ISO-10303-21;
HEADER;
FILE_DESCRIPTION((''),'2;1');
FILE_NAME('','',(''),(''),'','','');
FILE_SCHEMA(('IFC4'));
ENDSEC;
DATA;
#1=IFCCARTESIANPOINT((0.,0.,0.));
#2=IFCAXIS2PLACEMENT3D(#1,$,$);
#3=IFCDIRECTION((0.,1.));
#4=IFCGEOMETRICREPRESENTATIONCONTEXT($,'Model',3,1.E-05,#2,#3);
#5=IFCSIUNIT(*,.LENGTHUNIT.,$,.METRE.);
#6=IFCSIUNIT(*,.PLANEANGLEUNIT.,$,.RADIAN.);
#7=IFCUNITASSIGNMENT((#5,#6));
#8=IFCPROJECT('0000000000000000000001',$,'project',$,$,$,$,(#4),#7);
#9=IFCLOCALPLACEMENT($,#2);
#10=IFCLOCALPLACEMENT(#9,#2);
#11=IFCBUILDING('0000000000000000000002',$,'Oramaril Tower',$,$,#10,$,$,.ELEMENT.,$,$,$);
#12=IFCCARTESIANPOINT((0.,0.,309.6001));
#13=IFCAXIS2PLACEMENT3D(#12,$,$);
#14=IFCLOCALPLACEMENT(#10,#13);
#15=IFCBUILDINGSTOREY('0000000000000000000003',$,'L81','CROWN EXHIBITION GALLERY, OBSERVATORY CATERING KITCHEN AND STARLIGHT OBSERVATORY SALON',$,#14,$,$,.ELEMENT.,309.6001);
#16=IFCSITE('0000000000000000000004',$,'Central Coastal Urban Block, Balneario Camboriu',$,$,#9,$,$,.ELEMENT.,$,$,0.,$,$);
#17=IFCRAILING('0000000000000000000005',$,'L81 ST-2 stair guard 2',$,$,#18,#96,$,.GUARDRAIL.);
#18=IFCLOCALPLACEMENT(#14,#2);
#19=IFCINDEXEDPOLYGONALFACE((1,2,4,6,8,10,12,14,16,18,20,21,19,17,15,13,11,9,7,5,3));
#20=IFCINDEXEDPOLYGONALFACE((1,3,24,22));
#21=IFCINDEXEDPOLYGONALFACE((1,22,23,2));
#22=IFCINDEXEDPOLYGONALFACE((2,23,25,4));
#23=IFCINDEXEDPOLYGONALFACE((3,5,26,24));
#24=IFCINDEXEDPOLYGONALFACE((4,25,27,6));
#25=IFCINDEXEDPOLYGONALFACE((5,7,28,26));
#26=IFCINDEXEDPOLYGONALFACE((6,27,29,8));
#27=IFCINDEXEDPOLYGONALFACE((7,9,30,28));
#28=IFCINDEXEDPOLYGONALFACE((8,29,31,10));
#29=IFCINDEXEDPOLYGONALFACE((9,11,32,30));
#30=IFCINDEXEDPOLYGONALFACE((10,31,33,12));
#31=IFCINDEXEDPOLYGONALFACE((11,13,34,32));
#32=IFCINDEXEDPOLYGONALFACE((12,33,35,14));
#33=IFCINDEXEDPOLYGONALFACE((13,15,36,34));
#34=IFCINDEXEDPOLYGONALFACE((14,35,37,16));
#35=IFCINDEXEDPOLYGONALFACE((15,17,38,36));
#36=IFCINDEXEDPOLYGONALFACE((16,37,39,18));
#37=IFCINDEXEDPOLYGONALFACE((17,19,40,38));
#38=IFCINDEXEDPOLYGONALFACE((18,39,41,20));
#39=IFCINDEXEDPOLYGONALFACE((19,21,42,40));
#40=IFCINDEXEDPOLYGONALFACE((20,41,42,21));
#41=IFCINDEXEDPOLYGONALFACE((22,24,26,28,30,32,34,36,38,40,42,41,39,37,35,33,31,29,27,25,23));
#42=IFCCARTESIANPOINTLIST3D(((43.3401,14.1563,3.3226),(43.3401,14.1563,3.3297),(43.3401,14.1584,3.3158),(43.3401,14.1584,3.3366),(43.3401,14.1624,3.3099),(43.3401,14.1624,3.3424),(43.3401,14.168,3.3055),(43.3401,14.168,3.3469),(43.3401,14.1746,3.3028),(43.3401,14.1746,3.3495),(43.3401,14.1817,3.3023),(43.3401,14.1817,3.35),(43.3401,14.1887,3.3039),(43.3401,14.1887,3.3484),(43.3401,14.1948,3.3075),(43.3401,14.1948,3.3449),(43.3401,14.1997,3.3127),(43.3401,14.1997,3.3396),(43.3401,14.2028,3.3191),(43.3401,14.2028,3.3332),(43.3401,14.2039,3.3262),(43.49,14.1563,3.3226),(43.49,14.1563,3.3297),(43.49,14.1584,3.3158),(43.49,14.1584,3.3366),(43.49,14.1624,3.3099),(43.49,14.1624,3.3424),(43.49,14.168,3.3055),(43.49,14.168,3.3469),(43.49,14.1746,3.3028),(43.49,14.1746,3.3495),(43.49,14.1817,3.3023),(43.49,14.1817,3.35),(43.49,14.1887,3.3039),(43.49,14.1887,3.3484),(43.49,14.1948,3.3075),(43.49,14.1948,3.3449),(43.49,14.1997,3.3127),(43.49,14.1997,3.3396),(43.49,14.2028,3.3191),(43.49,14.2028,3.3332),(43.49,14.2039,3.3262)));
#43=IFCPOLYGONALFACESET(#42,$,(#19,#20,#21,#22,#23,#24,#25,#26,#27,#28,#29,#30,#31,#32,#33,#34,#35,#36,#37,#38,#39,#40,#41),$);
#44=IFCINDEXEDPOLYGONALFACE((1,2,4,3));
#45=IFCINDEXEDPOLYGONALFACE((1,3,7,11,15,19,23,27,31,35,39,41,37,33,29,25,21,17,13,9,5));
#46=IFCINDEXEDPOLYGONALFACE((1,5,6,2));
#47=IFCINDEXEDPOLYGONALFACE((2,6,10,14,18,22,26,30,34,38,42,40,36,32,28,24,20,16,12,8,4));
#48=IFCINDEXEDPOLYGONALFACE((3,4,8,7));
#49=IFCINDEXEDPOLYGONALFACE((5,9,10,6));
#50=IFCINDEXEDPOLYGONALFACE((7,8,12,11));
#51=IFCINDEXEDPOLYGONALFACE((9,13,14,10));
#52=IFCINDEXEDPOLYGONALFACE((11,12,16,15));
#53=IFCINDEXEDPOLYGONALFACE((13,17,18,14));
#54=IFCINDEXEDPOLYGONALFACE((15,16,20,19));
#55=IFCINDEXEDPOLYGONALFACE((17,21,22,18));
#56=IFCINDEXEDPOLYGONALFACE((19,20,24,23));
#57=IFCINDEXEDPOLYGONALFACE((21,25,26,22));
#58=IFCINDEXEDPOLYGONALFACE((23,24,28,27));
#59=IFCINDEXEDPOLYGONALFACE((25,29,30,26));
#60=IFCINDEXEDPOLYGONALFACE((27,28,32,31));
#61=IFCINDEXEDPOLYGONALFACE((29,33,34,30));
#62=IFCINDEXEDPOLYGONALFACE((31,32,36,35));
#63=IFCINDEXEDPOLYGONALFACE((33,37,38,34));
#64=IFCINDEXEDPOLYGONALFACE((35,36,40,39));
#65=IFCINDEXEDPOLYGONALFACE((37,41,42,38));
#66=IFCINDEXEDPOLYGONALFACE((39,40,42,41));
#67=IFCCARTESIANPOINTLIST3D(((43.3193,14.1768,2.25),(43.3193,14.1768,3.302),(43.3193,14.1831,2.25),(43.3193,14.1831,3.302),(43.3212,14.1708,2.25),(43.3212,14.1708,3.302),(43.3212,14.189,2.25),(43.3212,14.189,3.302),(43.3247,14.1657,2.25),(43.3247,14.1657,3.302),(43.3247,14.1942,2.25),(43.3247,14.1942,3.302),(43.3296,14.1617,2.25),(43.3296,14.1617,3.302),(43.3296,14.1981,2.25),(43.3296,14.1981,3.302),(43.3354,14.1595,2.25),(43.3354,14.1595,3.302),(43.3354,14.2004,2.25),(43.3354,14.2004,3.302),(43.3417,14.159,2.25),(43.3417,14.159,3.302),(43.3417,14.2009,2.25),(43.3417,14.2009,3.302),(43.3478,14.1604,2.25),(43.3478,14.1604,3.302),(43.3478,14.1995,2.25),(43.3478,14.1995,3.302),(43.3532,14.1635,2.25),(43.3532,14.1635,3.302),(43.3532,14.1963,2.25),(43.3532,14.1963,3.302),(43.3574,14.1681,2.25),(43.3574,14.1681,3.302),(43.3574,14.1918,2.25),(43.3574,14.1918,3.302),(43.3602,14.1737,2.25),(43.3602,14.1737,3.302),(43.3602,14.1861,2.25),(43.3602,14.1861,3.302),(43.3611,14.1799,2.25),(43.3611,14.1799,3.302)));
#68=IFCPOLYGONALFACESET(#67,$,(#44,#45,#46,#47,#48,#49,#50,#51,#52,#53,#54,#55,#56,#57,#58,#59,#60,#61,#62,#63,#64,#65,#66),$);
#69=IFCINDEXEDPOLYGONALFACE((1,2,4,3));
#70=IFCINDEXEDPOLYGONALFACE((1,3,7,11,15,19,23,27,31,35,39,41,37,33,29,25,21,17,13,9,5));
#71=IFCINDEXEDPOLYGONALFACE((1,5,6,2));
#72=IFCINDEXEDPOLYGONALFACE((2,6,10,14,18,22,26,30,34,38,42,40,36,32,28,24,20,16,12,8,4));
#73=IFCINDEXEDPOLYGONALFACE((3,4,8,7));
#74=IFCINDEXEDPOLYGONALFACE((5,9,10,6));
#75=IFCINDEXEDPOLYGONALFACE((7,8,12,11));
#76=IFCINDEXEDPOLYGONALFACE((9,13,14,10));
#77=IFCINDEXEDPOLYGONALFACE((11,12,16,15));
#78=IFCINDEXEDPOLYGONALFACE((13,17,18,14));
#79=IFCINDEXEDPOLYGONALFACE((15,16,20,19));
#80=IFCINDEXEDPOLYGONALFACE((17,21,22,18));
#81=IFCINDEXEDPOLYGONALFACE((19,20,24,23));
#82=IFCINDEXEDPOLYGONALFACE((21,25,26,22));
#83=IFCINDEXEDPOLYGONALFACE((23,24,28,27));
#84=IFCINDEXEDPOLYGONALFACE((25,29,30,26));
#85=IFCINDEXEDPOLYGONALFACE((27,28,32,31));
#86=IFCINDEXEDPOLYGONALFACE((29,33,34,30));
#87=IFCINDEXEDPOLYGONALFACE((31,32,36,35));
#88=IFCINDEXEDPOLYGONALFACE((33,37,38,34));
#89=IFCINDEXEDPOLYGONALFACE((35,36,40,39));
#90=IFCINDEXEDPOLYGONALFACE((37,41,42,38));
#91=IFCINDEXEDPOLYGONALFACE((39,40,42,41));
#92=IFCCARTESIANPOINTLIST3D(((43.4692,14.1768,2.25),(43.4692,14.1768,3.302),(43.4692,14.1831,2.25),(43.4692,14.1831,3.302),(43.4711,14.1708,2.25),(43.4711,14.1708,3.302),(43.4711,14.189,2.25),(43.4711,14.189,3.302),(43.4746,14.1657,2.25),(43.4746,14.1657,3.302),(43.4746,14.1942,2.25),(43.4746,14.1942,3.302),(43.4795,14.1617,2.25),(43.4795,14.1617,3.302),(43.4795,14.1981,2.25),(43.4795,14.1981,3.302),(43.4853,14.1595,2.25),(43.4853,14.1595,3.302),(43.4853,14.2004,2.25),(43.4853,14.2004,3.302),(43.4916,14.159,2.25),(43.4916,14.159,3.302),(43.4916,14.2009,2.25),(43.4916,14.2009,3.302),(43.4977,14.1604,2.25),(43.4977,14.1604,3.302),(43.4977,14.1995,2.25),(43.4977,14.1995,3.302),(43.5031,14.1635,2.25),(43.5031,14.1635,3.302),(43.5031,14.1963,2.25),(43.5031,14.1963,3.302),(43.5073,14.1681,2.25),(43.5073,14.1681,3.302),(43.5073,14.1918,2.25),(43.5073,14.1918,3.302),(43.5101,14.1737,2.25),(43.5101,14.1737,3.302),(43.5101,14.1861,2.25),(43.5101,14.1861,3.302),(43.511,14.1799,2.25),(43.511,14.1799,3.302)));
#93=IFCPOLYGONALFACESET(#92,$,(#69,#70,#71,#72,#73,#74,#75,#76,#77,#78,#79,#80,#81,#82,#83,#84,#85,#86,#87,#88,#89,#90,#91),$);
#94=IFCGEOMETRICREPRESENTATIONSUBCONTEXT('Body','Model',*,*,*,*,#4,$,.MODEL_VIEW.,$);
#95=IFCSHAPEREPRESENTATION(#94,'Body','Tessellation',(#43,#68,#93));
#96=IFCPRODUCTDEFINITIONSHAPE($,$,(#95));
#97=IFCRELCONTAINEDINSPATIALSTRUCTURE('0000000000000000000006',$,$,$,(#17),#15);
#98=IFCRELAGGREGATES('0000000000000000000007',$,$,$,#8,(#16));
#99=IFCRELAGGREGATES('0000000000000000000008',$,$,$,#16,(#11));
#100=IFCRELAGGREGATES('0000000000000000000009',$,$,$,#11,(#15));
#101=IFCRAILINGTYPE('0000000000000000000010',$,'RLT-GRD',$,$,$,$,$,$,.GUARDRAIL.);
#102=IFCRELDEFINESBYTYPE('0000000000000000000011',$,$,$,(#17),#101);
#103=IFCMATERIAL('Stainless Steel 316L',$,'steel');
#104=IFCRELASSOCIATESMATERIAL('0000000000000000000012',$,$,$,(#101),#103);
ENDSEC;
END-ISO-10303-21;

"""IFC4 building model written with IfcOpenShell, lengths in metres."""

from ifc_helpers import new_model, si_unit, direction, frame, origin, origin_2d, place, context, subcontext, project, spatial, circle, extrude, material, type_object, element, save


model = new_model("IFC4")

# Units and contexts
model_context = context("Model", 3, precision=1e-05, world=origin(), true_north=direction((0.0, 1.0)))
body_context = subcontext(model_context, "Body", "Model", "MODEL_VIEW")
ifc_project = project(units=[si_unit("LENGTHUNIT", "METRE"), si_unit("PLANEANGLEUNIT", "RADIAN")], contexts=[model_context])

# Site, building, storey
site_placement = place(None, origin())
site = spatial("IfcSite", under=ifc_project, at=site_placement, Name="Central Coastal Urban Block, Balneario Camboriu", CompositionType="ELEMENT", RefElevation=0.0)
building_placement = place(site_placement, origin())
building = spatial("IfcBuilding", under=site, at=building_placement, Name="Oramaril Tower", CompositionType="ELEMENT")
storey_placement = place(building_placement, frame((0.0, 0.0, 309.6001)))
storey = spatial("IfcBuildingStorey", under=building, at=storey_placement, Name="L81", Description="CROWN EXHIBITION GALLERY, OBSERVATORY CATERING KITCHEN AND STARLIGHT OBSERVATORY SALON", CompositionType="ELEMENT", Elevation=309.6001)

# Railing
ifc_material_1 = material(Name="Stainless Steel 316L", Category="steel")
railing_type_1 = type_object("IfcRailingType", Name="RLT-GRD", PredefinedType="GUARDRAIL", material=ifc_material_1)
railing_1_placement = place(storey_placement, frame((43.3401, 14.1799, 2.25)))
element("IfcRailing", 1, at=railing_1_placement, inside=storey, type_object=railing_type_1, Name="L81 ST-2 stair guard 2", PredefinedType="GUARDRAIL", context=body_context, shape_type="SweptSolid", body=[
    extrude(circle(Radius=0.0239, at=origin_2d()), frame((0.0, 0.0, 1.0762), z_axis=(1.0, 0.0, 0.0), x_axis=(0.0, 1.0, 0.0)), (0.0, 0.0, 1.0), 0.1499),
    extrude(circle(Radius=0.021, at=origin_2d()), origin(), (0.0, 0.0, 1.0), 1.052),
    extrude(circle(Radius=0.021, at=origin_2d()), frame((0.1499, 0.0, 0.0)), (0.0, 0.0, 1.0), 1.052),
])

save(model, "model.ifc")
